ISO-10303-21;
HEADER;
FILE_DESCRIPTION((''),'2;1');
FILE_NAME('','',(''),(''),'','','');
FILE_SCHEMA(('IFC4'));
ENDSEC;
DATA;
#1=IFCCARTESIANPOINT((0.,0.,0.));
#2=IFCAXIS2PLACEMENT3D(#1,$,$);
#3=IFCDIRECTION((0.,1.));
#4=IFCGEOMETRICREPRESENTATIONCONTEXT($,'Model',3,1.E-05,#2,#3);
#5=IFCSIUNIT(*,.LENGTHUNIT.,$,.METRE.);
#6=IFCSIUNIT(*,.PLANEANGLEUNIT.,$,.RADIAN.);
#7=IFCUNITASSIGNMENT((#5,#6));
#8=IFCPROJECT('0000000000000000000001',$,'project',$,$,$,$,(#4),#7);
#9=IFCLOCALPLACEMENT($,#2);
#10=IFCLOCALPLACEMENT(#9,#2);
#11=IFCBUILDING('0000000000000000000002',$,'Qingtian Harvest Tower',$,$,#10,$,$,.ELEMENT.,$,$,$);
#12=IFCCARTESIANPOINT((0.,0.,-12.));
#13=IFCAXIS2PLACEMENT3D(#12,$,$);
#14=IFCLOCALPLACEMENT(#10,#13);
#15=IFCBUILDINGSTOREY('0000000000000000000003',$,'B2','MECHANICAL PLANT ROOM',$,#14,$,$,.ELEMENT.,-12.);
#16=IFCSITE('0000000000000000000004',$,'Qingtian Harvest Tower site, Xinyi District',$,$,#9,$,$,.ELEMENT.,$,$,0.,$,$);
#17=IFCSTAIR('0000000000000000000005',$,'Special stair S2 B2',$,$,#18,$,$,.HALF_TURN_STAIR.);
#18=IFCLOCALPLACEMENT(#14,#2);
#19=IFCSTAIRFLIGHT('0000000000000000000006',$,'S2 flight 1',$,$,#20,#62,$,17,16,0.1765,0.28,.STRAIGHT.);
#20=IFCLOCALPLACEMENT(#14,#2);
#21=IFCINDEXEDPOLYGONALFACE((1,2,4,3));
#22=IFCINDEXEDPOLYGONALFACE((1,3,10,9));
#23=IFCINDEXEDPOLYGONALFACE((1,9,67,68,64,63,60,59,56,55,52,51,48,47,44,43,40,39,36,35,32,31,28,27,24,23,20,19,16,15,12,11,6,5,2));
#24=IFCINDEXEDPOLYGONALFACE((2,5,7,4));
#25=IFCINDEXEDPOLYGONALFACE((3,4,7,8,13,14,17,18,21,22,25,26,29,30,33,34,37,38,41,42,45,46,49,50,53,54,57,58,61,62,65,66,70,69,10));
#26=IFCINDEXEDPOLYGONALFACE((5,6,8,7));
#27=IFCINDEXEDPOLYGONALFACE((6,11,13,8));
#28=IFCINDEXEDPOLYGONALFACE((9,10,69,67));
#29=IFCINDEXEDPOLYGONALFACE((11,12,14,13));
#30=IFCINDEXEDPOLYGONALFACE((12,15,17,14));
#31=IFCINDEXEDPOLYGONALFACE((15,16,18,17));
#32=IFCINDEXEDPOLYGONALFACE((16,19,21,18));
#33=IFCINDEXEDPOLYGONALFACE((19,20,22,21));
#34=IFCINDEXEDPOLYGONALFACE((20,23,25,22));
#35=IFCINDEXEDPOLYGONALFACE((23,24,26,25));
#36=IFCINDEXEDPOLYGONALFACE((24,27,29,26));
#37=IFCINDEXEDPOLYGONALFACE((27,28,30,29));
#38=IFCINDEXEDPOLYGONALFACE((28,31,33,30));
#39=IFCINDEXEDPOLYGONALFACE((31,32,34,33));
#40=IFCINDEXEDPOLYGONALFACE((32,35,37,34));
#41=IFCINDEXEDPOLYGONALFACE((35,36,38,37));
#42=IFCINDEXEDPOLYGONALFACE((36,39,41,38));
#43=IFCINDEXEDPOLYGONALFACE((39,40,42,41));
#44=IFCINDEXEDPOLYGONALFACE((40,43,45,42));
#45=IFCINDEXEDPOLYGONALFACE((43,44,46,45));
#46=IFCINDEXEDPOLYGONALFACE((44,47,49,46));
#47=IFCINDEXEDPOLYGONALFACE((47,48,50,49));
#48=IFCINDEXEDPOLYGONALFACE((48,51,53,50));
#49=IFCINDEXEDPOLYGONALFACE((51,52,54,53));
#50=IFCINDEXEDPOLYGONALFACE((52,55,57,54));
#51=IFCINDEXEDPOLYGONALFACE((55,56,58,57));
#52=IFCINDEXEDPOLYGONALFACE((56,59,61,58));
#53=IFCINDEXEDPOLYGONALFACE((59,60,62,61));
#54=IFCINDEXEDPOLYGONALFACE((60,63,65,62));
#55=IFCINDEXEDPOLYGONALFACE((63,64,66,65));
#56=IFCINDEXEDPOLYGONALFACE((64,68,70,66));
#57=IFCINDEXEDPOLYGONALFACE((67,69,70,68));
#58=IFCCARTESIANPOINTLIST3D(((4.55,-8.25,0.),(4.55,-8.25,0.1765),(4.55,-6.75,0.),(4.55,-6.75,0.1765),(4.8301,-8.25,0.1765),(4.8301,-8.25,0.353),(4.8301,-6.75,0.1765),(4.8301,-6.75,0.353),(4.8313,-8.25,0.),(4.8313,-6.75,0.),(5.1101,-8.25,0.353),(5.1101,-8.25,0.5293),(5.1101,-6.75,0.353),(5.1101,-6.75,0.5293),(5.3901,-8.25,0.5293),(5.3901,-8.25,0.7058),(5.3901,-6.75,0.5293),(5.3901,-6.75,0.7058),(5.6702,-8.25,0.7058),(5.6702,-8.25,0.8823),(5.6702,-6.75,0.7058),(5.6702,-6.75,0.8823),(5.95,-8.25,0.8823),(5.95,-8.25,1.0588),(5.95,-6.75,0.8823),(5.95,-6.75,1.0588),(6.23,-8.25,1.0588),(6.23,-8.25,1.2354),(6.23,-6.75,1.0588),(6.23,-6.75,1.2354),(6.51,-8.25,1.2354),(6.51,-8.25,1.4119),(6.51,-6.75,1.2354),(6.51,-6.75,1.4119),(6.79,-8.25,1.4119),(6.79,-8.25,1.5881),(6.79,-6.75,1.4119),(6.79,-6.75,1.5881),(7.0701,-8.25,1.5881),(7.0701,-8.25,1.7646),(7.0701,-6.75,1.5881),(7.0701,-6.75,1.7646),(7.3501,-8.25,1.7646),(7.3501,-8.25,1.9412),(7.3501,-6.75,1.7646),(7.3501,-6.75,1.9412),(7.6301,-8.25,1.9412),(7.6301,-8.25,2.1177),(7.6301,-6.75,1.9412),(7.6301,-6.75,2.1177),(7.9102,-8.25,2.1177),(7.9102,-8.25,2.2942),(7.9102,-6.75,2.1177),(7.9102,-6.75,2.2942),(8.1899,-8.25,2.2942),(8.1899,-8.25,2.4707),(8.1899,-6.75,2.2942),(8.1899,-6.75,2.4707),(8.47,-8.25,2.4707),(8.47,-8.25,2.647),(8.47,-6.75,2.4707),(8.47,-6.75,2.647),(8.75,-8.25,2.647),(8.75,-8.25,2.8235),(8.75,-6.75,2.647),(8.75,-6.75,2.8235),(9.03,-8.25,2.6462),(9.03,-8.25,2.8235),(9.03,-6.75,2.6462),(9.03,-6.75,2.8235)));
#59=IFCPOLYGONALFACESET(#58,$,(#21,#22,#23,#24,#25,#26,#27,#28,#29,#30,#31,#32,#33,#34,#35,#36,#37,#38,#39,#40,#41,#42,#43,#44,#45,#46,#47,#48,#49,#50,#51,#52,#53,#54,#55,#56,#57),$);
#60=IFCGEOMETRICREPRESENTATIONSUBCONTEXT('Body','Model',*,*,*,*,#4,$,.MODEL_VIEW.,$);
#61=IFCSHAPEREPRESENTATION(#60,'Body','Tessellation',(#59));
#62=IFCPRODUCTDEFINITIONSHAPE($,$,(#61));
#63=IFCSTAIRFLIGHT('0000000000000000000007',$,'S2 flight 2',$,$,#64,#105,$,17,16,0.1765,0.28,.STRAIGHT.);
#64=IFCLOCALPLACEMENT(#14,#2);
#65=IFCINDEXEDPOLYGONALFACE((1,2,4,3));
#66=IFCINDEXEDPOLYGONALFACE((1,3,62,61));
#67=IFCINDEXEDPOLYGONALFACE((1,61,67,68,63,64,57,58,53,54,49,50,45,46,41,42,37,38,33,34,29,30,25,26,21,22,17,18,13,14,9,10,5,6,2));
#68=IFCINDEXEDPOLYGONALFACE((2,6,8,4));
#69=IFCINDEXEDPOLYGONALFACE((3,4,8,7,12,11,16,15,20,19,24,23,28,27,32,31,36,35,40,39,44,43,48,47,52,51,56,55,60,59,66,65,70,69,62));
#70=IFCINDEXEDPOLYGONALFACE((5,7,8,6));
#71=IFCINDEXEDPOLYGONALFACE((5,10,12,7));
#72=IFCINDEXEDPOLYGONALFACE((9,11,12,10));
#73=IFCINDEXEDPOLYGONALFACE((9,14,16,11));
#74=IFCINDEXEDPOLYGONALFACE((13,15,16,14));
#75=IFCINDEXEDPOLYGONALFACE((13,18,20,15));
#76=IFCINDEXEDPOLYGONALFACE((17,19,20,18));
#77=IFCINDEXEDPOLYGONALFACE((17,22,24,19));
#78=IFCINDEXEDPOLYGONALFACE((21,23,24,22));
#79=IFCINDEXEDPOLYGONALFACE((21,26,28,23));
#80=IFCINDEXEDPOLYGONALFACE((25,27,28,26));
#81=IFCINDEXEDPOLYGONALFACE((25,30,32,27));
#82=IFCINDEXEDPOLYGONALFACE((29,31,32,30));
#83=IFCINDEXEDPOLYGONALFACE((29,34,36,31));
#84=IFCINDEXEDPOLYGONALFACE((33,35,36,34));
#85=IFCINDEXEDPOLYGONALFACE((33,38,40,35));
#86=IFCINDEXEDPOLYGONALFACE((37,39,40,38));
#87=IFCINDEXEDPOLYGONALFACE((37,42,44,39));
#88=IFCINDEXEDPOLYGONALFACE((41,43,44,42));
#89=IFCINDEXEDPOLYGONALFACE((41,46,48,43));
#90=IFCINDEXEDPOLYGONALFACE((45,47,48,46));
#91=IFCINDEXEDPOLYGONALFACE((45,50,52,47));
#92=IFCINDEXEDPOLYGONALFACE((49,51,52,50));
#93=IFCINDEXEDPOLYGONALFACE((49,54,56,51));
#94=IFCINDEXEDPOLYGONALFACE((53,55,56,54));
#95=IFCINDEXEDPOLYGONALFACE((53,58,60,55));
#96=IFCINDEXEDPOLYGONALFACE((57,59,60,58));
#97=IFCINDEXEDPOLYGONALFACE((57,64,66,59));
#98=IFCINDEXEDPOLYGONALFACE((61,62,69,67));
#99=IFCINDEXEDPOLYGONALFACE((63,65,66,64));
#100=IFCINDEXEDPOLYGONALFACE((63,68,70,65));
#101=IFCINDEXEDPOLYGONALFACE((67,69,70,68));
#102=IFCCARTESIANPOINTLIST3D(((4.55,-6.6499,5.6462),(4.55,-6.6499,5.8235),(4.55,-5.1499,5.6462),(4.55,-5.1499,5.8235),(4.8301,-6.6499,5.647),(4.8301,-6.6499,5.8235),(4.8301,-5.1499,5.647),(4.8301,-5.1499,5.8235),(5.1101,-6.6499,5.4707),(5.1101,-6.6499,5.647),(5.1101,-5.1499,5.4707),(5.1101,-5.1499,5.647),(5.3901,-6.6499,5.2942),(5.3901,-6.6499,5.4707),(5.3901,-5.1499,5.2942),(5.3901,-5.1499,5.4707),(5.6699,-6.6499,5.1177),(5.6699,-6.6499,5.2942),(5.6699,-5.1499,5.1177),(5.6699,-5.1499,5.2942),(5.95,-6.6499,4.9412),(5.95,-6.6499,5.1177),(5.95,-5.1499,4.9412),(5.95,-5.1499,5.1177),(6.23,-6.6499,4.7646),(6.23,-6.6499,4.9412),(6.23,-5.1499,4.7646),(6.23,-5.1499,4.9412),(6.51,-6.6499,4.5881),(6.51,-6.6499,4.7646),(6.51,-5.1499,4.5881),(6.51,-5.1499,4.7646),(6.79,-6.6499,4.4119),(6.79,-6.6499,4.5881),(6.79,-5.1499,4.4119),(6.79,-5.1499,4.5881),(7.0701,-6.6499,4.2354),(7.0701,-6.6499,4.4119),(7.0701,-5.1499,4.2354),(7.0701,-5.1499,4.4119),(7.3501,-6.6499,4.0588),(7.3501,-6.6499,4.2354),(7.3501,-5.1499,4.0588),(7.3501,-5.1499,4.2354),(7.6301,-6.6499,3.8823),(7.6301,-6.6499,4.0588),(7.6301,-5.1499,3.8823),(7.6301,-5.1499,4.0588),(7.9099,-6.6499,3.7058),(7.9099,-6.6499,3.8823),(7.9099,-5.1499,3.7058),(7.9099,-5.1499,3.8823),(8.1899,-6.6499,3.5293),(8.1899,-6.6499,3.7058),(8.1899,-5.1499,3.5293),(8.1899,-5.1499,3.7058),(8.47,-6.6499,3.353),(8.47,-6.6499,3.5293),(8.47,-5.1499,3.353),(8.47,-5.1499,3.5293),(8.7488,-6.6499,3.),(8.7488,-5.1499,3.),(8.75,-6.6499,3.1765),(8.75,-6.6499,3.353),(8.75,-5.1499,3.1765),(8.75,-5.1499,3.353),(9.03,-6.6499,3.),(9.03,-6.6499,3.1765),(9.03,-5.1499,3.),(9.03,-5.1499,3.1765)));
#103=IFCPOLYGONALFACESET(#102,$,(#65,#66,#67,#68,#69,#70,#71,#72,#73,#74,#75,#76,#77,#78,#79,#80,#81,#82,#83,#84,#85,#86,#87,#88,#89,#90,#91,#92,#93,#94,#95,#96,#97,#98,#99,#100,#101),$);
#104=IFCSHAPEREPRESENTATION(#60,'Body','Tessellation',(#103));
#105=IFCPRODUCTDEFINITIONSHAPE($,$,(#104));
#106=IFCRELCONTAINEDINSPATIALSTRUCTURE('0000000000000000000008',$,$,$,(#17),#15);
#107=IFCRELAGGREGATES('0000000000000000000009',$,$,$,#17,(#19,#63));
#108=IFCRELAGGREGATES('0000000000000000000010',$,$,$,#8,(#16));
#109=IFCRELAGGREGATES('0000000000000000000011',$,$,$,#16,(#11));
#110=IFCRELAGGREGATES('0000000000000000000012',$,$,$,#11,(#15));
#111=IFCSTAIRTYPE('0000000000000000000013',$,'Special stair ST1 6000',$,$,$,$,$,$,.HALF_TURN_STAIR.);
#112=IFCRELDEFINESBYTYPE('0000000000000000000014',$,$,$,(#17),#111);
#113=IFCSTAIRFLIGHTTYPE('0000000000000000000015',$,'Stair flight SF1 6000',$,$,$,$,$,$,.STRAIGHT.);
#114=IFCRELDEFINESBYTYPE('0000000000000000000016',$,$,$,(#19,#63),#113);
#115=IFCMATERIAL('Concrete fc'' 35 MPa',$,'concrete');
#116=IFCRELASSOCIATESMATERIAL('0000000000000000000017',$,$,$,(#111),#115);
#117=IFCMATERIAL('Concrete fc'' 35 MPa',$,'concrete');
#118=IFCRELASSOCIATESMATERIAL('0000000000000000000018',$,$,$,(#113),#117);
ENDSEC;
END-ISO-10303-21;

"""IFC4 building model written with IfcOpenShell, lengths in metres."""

from ifc_helpers import new_model, si_unit, direction, frame, origin, place, context, subcontext, project, spatial, polyline, outline, extrude, material, type_object, element, aggregate, save


model = new_model("IFC4")

# Units and contexts
model_context = context("Model", 3, precision=1e-05, world=origin(), true_north=direction((0.0, 1.0)))
body_context = subcontext(model_context, "Body", "Model", "MODEL_VIEW")
ifc_project = project(units=[si_unit("LENGTHUNIT", "METRE"), si_unit("PLANEANGLEUNIT", "RADIAN")], contexts=[model_context])

# Site, building, storey
site_placement = place(None, origin())
site = spatial("IfcSite", under=ifc_project, at=site_placement, Name="Qingtian Harvest Tower site, Xinyi District", CompositionType="ELEMENT", RefElevation=0.0)
building_placement = place(site_placement, origin())
building = spatial("IfcBuilding", under=site, at=building_placement, Name="Qingtian Harvest Tower", CompositionType="ELEMENT")
storey_placement = place(building_placement, frame((0.0, 0.0, -12.0)))
storey = spatial("IfcBuildingStorey", under=building, at=storey_placement, Name="B2", Description="MECHANICAL PLANT ROOM", CompositionType="ELEMENT", Elevation=-12.0)

# Stair
ifc_material_1 = material(Name="Concrete fc' 35 MPa", Category="concrete")
stair_type = type_object("IfcStairType", Name="Special stair ST1 6000", PredefinedType="HALF_TURN_STAIR", material=ifc_material_1)
stair_1_placement = place(storey_placement, origin())
stair_1 = element("IfcStair", 1, at=stair_1_placement, inside=storey, type_object=stair_type, Name="Special stair S2 B2", PredefinedType="HALF_TURN_STAIR")

# Stair flights
ifc_material_2 = material(Name="Concrete fc' 35 MPa", Category="concrete")
stair_flight_type = type_object("IfcStairFlightType", Name="Stair flight SF1 6000", PredefinedType="STRAIGHT", material=ifc_material_2)
stair_flight_1_placement = place(storey_placement, frame((4.55, -7.5, 0.0), z_axis=(0.0, 0.0, 1.0), x_axis=(1.0, 0.0, 0.0)))
stair_flight_1 = element("IfcStairFlight", 2, at=stair_flight_1_placement, type_object=stair_flight_type, Name="S2 flight 1", NumberOfRisers=17, NumberOfTreads=16, PredefinedType="STRAIGHT", RiserHeight=0.1765, TreadLength=0.28, context=body_context, shape_type="SweptSolid", body=[
    extrude(outline(polyline([(0.0, 0.0), (0.0, 0.1765), (0.28, 0.1765), (0.28, 0.353), (0.5601, 0.353), (0.5601, 0.5293), (0.8401, 0.5293), (0.8401, 0.7058), (1.1201, 0.7058), (1.1201, 0.8823), (1.3999, 0.8823), (1.3999, 1.0588), (1.6799, 1.0588), (1.6799, 1.2354), (1.96, 1.2354), (1.96, 1.4119), (2.24, 1.4119), (2.24, 1.5881), (2.52, 1.5881), (2.52, 1.7646), (2.8, 1.7646), (2.8, 1.9412), (3.0801, 1.9412), (3.0801, 2.1177), (3.3601, 2.1177), (3.3601, 2.2942), (3.6399, 2.2942), (3.6399, 2.4707), (3.9199, 2.4707), (3.9199, 2.647), (4.2, 2.647), (4.2, 2.8235), (4.48, 2.8235), (4.48, 3.0), (4.48, 2.6462), (0.2812, 0.0), (0.0, 0.0)])), frame((0.0, 0.75, 0.0), z_axis=(0.0, -1.0, 0.0), x_axis=(1.0, 0.0, 0.0)), (0.0, 0.0, 1.0), 1.5),
])
stair_flight_2_placement = place(storey_placement, frame((9.03, -5.8999, 3.0), z_axis=(0.0, 0.0, 1.0), x_axis=(-1.0, 0.0, 0.0)))
stair_flight_2 = element("IfcStairFlight", 3, at=stair_flight_2_placement, type_object=stair_flight_type, Name="S2 flight 2", NumberOfRisers=17, NumberOfTreads=16, PredefinedType="STRAIGHT", RiserHeight=0.1765, TreadLength=0.28, context=body_context, shape_type="SweptSolid", body=[
    extrude(outline(polyline([(0.0, 0.0), (0.0, 0.1765), (0.28, 0.1765), (0.28, 0.353), (0.5601, 0.353), (0.5601, 0.5293), (0.8401, 0.5293), (0.8401, 0.7058), (1.1201, 0.7058), (1.1201, 0.8823), (1.3999, 0.8823), (1.3999, 1.0588), (1.6799, 1.0588), (1.6799, 1.2354), (1.96, 1.2354), (1.96, 1.4119), (2.24, 1.4119), (2.24, 1.5881), (2.52, 1.5881), (2.52, 1.7646), (2.8, 1.7646), (2.8, 1.9412), (3.0801, 1.9412), (3.0801, 2.1177), (3.3601, 2.1177), (3.3601, 2.2942), (3.6399, 2.2942), (3.6399, 2.4707), (3.9199, 2.4707), (3.9199, 2.647), (4.2, 2.647), (4.2, 2.8235), (4.48, 2.8235), (4.48, 3.0), (4.48, 2.6462), (0.2812, 0.0), (0.0, 0.0)])), frame((0.0, 0.75, 0.0), z_axis=(0.0, -1.0, 0.0), x_axis=(1.0, 0.0, 0.0)), (0.0, 0.0, 1.0), 1.5),
])
aggregate(stair_1, [stair_flight_1, stair_flight_2])

save(model, "model.ifc")
